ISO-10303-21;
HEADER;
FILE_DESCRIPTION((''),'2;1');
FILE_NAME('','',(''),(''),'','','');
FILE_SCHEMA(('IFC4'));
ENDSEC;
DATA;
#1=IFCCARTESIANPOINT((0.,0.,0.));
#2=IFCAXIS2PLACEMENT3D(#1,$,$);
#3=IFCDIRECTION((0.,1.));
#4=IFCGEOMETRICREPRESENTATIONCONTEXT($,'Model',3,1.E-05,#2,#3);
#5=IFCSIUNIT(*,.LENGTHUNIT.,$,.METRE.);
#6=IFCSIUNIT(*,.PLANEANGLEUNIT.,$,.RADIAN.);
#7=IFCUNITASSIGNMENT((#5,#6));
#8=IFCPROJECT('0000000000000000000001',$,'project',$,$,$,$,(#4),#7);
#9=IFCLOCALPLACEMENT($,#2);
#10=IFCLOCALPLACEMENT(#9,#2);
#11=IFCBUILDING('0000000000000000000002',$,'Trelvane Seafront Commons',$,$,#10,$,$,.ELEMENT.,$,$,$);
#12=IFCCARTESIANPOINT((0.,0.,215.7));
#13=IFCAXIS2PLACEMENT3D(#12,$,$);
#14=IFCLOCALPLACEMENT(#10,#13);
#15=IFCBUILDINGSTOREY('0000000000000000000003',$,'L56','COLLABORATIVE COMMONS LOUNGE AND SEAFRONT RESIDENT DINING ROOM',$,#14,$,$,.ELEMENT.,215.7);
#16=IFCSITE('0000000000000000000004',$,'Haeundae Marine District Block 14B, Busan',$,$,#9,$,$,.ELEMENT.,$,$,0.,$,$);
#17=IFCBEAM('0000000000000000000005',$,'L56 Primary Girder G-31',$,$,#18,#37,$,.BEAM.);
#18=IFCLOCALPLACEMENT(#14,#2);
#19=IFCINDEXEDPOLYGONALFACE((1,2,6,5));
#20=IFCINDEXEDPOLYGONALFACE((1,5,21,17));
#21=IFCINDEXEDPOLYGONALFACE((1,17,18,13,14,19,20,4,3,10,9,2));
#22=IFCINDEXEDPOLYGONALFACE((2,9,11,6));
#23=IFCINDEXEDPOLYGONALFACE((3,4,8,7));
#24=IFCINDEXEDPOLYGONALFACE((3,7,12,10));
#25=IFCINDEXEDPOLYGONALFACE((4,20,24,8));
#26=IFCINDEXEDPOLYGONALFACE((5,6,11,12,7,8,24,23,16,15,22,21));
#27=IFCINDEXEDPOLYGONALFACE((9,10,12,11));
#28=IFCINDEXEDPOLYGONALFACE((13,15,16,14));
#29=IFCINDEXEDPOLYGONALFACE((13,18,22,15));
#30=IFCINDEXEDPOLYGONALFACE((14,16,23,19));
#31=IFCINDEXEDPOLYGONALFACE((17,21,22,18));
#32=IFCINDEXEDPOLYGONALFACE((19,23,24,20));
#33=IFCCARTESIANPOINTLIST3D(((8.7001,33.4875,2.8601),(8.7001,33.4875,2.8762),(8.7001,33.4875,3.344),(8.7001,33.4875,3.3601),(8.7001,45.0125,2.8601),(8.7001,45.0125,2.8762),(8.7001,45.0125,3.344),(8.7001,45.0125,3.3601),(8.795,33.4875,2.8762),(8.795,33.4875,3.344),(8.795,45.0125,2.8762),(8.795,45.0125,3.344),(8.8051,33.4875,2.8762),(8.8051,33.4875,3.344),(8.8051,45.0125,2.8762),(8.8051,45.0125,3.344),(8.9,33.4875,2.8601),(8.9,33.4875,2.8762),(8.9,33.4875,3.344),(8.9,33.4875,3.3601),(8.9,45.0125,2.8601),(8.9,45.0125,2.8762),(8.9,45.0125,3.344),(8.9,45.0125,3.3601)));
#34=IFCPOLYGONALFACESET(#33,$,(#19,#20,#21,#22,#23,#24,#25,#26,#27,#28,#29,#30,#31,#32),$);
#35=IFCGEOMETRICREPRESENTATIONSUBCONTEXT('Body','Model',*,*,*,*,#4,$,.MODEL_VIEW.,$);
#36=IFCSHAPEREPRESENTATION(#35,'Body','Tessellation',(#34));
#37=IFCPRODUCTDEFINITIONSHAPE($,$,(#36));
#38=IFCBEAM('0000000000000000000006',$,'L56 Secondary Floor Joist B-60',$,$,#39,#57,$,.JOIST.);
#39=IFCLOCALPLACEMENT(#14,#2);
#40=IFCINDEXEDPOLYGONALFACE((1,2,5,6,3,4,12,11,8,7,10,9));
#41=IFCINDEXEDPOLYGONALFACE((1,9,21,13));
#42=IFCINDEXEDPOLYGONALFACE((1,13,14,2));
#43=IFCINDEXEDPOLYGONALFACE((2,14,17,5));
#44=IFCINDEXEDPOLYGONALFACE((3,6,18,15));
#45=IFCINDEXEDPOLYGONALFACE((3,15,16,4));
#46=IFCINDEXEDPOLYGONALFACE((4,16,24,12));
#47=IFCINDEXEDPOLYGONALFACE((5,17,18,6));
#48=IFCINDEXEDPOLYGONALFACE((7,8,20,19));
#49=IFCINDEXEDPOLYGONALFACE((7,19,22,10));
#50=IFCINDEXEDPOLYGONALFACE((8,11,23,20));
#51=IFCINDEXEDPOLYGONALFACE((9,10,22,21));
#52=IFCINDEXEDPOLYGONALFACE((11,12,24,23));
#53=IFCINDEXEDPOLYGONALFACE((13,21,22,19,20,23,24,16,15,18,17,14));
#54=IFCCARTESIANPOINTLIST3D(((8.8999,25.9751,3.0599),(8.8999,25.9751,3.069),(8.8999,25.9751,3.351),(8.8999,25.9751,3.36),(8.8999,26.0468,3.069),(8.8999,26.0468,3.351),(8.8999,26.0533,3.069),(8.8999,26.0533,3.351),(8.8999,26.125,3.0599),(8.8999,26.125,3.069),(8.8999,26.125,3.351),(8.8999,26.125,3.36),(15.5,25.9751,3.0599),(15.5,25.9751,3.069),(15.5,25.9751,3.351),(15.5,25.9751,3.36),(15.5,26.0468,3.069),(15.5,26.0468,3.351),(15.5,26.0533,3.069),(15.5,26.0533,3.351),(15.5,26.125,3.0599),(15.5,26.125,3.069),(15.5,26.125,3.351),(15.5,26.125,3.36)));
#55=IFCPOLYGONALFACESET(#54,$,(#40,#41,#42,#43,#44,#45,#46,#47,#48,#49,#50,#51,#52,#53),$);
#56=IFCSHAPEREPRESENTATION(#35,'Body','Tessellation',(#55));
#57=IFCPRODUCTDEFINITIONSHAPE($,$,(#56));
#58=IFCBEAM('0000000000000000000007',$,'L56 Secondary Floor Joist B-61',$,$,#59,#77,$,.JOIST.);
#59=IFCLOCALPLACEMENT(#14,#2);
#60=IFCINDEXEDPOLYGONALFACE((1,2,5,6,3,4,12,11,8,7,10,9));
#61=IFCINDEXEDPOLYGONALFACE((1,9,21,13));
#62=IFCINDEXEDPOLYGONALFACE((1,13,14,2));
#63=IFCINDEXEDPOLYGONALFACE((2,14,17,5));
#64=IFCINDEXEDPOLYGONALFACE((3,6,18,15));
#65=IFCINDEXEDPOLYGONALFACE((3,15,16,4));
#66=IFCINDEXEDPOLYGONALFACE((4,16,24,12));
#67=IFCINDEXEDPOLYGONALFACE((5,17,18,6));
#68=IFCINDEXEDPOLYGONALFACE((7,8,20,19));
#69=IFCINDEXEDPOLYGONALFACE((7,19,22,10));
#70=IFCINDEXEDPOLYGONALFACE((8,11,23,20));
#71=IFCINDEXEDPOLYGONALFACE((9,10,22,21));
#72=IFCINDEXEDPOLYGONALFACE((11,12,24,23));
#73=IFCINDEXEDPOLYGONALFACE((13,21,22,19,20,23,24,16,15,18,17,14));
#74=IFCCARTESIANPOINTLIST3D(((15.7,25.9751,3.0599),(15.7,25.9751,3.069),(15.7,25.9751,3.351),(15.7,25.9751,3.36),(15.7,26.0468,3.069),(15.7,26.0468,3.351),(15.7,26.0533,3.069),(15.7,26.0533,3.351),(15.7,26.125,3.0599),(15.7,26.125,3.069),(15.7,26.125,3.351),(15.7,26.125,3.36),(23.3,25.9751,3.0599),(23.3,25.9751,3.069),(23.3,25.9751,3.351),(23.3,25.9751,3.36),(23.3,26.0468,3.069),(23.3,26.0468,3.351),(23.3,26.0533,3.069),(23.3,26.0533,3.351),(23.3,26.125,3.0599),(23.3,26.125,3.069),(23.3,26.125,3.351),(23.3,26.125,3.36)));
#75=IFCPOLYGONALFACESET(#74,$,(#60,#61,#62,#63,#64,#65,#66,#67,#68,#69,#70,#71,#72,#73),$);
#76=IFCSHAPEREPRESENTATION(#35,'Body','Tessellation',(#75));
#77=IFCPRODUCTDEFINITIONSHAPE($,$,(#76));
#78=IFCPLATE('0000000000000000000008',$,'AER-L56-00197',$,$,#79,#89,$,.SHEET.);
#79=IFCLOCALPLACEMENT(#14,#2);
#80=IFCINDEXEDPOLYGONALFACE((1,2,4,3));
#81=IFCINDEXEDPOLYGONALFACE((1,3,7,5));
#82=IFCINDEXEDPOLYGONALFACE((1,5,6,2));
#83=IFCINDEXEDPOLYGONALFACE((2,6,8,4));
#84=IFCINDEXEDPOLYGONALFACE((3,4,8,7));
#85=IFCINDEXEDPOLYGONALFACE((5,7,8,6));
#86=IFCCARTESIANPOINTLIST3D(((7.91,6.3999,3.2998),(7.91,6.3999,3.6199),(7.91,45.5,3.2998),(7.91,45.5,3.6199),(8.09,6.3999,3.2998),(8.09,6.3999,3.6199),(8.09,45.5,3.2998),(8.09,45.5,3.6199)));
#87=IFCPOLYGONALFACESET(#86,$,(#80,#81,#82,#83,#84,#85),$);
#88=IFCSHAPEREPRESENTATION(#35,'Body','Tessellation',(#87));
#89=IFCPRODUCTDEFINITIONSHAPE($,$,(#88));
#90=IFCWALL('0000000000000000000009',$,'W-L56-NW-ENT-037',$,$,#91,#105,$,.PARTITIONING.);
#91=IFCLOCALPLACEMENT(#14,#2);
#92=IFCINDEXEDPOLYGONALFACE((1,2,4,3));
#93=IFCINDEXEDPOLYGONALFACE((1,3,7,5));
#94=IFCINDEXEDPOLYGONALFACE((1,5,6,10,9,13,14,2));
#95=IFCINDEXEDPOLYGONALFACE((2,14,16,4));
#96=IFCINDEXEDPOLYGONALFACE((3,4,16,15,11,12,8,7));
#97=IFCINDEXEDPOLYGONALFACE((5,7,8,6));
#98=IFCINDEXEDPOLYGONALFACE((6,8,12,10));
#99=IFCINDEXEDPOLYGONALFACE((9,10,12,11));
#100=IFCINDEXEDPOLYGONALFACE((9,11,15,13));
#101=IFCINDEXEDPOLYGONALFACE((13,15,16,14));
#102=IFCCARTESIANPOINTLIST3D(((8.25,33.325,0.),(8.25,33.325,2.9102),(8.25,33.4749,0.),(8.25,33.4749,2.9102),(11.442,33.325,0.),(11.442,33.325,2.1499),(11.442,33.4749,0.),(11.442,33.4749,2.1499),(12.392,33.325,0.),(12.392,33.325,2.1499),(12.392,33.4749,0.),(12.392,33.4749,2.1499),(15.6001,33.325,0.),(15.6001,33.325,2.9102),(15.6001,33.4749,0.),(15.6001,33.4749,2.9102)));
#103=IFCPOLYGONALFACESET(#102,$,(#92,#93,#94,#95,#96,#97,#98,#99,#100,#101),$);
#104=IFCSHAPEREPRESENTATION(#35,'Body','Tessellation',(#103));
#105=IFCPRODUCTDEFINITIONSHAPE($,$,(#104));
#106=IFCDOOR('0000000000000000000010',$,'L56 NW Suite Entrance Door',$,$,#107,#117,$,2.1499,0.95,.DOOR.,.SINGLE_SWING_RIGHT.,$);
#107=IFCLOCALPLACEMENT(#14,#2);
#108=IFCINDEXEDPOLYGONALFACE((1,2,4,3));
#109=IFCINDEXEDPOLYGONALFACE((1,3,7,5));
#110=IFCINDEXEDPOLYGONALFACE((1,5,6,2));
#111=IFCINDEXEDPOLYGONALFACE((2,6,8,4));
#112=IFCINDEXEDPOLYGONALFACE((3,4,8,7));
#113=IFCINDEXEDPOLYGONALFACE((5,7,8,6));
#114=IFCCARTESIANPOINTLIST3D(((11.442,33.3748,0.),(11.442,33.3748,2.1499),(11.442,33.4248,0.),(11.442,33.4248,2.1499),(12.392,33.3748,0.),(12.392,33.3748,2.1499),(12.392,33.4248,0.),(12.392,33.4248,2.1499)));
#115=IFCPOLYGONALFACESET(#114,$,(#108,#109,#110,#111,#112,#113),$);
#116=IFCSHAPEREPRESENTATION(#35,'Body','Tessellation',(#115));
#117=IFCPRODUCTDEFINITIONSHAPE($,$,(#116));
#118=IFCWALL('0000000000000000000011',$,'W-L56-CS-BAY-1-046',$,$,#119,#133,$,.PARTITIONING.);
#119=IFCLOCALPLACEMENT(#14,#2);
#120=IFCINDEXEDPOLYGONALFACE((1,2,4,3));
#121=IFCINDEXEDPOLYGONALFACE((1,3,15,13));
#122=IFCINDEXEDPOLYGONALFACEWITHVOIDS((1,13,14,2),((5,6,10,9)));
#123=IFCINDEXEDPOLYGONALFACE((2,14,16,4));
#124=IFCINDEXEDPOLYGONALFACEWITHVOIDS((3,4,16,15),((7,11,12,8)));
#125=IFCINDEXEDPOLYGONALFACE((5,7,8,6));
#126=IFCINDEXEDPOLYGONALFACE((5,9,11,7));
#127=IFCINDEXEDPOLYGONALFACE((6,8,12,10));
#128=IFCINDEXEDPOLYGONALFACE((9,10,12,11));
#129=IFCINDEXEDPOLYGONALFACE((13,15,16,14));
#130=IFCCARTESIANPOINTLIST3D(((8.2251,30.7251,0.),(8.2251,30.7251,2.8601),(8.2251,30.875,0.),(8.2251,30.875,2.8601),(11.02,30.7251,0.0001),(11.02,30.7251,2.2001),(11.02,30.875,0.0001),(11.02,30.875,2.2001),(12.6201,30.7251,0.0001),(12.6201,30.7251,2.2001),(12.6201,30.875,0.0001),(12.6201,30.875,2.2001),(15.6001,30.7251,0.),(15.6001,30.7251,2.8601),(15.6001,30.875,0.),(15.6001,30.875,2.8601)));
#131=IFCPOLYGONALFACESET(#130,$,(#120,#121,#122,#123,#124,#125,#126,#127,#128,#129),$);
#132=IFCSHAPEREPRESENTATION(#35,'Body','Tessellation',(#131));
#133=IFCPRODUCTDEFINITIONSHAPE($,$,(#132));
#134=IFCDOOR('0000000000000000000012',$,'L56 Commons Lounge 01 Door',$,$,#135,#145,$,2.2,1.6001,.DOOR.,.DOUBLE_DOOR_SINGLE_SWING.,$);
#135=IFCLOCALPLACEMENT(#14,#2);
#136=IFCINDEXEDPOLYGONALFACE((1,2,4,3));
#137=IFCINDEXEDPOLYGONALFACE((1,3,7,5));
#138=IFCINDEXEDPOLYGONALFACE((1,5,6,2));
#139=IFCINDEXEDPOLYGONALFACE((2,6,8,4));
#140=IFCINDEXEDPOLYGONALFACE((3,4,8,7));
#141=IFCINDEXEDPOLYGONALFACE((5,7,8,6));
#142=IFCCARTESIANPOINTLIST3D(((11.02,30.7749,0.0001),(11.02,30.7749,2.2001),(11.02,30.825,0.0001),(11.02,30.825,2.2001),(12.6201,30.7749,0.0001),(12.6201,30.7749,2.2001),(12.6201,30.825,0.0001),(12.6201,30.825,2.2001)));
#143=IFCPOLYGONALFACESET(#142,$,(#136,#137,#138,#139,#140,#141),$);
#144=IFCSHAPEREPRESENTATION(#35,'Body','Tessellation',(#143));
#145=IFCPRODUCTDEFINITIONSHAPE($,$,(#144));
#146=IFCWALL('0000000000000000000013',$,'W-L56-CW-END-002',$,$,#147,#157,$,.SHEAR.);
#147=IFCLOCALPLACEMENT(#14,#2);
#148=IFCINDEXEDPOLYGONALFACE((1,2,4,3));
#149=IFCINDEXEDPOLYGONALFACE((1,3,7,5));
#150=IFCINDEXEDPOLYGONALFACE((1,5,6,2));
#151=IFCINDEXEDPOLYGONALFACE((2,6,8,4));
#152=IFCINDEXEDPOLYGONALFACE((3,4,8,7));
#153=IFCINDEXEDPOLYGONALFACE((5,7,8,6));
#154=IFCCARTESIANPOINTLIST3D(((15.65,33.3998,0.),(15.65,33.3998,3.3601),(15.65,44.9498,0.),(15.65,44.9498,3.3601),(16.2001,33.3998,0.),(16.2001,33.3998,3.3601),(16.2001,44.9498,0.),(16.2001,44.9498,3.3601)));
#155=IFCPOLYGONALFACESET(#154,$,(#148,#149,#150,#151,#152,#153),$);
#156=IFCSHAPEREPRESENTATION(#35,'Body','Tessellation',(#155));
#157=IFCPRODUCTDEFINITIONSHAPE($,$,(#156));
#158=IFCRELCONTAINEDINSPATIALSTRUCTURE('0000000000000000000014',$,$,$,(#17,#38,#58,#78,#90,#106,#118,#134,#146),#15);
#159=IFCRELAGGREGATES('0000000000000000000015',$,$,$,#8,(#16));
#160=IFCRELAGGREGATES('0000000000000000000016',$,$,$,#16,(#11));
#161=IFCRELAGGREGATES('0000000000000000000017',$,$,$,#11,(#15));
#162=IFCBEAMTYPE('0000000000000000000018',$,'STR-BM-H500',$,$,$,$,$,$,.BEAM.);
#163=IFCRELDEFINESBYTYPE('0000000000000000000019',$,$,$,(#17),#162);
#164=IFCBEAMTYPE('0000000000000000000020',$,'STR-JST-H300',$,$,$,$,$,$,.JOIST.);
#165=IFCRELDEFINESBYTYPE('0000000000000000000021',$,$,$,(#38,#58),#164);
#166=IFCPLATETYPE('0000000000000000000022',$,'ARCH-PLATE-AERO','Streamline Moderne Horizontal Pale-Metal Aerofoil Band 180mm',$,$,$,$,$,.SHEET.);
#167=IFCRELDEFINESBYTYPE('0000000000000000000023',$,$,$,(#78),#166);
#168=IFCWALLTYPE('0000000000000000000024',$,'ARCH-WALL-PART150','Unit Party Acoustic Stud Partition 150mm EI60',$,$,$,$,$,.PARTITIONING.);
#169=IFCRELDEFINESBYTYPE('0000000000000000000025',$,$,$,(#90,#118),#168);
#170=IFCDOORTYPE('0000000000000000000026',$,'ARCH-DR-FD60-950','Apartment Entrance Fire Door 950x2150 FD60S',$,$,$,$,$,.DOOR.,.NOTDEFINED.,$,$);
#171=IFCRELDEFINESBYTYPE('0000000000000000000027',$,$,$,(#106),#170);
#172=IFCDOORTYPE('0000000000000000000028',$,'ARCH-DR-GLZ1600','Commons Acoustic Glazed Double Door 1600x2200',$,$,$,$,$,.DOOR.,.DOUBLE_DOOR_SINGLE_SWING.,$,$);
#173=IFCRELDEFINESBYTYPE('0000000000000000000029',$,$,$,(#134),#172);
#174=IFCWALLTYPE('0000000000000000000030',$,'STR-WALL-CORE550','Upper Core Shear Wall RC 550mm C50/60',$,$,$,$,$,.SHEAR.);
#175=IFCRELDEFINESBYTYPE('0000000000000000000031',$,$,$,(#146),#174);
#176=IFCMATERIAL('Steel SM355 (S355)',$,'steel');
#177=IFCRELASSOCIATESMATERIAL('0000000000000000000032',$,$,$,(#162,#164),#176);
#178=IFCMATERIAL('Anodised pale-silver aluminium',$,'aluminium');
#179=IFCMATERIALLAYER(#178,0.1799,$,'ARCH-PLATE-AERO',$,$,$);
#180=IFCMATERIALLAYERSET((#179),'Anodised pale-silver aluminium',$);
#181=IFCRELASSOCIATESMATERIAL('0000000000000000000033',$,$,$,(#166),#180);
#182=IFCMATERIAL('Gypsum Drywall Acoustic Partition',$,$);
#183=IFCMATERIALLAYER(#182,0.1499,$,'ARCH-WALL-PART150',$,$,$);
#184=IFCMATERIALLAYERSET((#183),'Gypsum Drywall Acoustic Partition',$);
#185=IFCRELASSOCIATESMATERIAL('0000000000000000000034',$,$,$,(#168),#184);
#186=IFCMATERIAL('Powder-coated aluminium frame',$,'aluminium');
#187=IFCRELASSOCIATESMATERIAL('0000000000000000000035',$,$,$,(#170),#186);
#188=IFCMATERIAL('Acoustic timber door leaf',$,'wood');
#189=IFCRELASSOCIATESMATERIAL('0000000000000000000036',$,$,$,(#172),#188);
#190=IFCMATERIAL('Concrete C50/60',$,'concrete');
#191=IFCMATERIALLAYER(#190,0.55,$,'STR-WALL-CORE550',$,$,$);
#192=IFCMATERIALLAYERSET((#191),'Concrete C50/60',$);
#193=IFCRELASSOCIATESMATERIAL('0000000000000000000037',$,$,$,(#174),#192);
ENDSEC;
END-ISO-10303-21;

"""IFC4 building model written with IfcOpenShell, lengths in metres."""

from ifc_helpers import new_model, si_unit, direction, frame, frame_2d, origin, origin_2d, place, context, subcontext, project, spatial, rectangle, i_section, extrude, source, transform, mapped, material, layer, layer_set, material_profile, profile_set, type_object, element, fill, save


model = new_model("IFC4")

# Units and contexts
model_context = context("Model", 3, precision=1e-05, world=origin(), true_north=direction((0.0, 1.0)))
body_context = subcontext(model_context, "Body", "Model", "MODEL_VIEW")
ifc_project = project(units=[si_unit("LENGTHUNIT", "METRE"), si_unit("PLANEANGLEUNIT", "RADIAN")], contexts=[model_context])

# Site, building, storey
site_placement = place(None, origin())
site = spatial("IfcSite", under=ifc_project, at=site_placement, Name="Haeundae Marine District Block 14B, Busan", CompositionType="ELEMENT", RefElevation=0.0)
building_placement = place(site_placement, origin())
building = spatial("IfcBuilding", under=site, at=building_placement, Name="Trelvane Seafront Commons", CompositionType="ELEMENT")
storey_placement = place(building_placement, frame((0.0, 0.0, 215.7)))
storey = spatial("IfcBuildingStorey", under=building, at=storey_placement, Name="L56", Description="COLLABORATIVE COMMONS LOUNGE AND SEAFRONT RESIDENT DINING ROOM", CompositionType="ELEMENT", Elevation=215.7)

# Shared definitions
ifc_material_1 = material(Name="Concrete C50/60", Category="concrete")
ifc_material_2 = material(Name="Steel SM355 (S355)", Category="steel")

# Beams
ifc_material_profile_1 = material_profile(ifc_material_2, i_section(OverallWidth=0.2, OverallDepth=0.5, WebThickness=0.01, FlangeThickness=0.0161, at=origin_2d()), Name="H-500x200x10x16")
ifc_profile_set_1 = profile_set([ifc_material_profile_1], Name="Steel SM355 (S355)")
beam_type_1 = type_object("IfcBeamType", Name="STR-BM-H500", PredefinedType="BEAM", material=ifc_profile_set_1)
shared_shape_1 = source(origin(), body_context, "Body", "SweptSolid", [
    extrude(i_section(OverallWidth=0.2, OverallDepth=0.5, WebThickness=0.01, FlangeThickness=0.0161, at=origin_2d()), origin(), (0.0, 0.0, 1.0), 11.5249),
])
beam_1_placement = place(storey_placement, frame((8.8, 33.4875, 3.1101), z_axis=(0.0, 1.0, 0.0), x_axis=(-1.0, 0.0, 0.0)))
element("IfcBeam", 1, at=beam_1_placement, inside=storey, type_object=beam_type_1, Name="L56 Primary Girder G-31", PredefinedType="BEAM", context=body_context, shape_type="MappedRepresentation", body=[
    mapped(shared_shape_1, transform((0.0, 0.0, 0.0), x_axis=(1.0, 0.0, 0.0), y_axis=(0.0, 1.0, 0.0), z_axis=(0.0, 0.0, 1.0), scale=1.0)),
])
ifc_material_profile_2 = material_profile(ifc_material_2, i_section(OverallWidth=0.1499, OverallDepth=0.3, WebThickness=0.0066, FlangeThickness=0.009, at=origin_2d()), Name="H-300x150x6.5x9")
ifc_profile_set_2 = profile_set([ifc_material_profile_2], Name="Steel SM355 (S355)")
beam_type_2 = type_object("IfcBeamType", Name="STR-JST-H300", PredefinedType="JOIST", material=ifc_profile_set_2)
shared_shape_2 = source(origin(), body_context, "Body", "SweptSolid", [
    extrude(i_section(OverallWidth=0.1499, OverallDepth=0.3, WebThickness=0.0066, FlangeThickness=0.009, at=origin_2d()), origin(), (0.0, 0.0, 1.0), 6.6001),
])
beam_2_placement = place(storey_placement, frame((8.8999, 26.05, 3.21), z_axis=(1.0, 0.0, 0.0), x_axis=(0.0, 1.0, 0.0)))
element("IfcBeam", 2, at=beam_2_placement, inside=storey, type_object=beam_type_2, Name="L56 Secondary Floor Joist B-60", PredefinedType="JOIST", context=body_context, shape_type="MappedRepresentation", body=[
    mapped(shared_shape_2, transform((0.0, 0.0, 0.0), x_axis=(1.0, 0.0, 0.0), y_axis=(0.0, 1.0, 0.0), z_axis=(0.0, 0.0, 1.0), scale=1.0)),
])
shared_shape_3 = source(origin(), body_context, "Body", "SweptSolid", [
    extrude(i_section(OverallWidth=0.1499, OverallDepth=0.3, WebThickness=0.0066, FlangeThickness=0.009, at=origin_2d()), origin(), (0.0, 0.0, 1.0), 7.6001),
])
beam_3_placement = place(storey_placement, frame((15.7, 26.05, 3.21), z_axis=(1.0, 0.0, 0.0), x_axis=(0.0, 1.0, 0.0)))
element("IfcBeam", 3, at=beam_3_placement, inside=storey, type_object=beam_type_2, Name="L56 Secondary Floor Joist B-61", PredefinedType="JOIST", context=body_context, shape_type="MappedRepresentation", body=[
    mapped(shared_shape_3, transform((0.0, 0.0, 0.0), x_axis=(1.0, 0.0, 0.0), y_axis=(0.0, 1.0, 0.0), z_axis=(0.0, 0.0, 1.0), scale=1.0)),
])

# Plate
ifc_material_3 = material(Name="Anodised pale-silver aluminium", Category="aluminium")
ifc_layer_1 = layer(ifc_material_3, 0.1799, Name="ARCH-PLATE-AERO")
ifc_layer_set_1 = layer_set([ifc_layer_1], Name="Anodised pale-silver aluminium")
plate_type = type_object("IfcPlateType", Name="ARCH-PLATE-AERO", Description="Streamline Moderne Horizontal Pale-Metal Aerofoil Band 180mm", PredefinedType="SHEET", material=ifc_layer_set_1)
shared_shape_4 = source(origin(), body_context, "Body", "SweptSolid", [
    extrude(rectangle(XDim=39.1001, YDim=0.1799, at=origin_2d()), origin(), (0.0, 0.0, 1.0), 0.3201),
])
plate_placement = place(storey_placement, frame((8.0, 25.95, 3.2998), z_axis=(0.0, 0.0, 1.0), x_axis=(0.0, 1.0, 0.0)))
element("IfcPlate", 4, at=plate_placement, inside=storey, type_object=plate_type, Name="AER-L56-00197", PredefinedType="SHEET", context=body_context, shape_type="MappedRepresentation", body=[
    mapped(shared_shape_4, transform((0.0, 0.0, 0.0), x_axis=(1.0, 0.0, 0.0), y_axis=(0.0, 1.0, 0.0), z_axis=(0.0, 0.0, 1.0), scale=1.0)),
])

# Walls, openings, doors
ifc_material_4 = material(Name="Gypsum Drywall Acoustic Partition")
ifc_material_5 = material(Name="Acoustic timber door leaf", Category="wood")
shared_shape_5 = source(origin(), body_context, "Body", "SweptSolid", [
    extrude(rectangle(XDim=0.95, YDim=2.1499, at=frame_2d((0.4751, 1.075))), frame((0.0, 0.0249, 0.0), z_axis=(0.0, -1.0, 0.0), x_axis=(1.0, 0.0, 0.0)), (0.0, 0.0, 1.0), 0.05),
])
ifc_layer_2 = layer(ifc_material_4, 0.1499, Name="ARCH-WALL-PART150")
ifc_layer_set_2 = layer_set([ifc_layer_2], Name="Gypsum Drywall Acoustic Partition")
wall_type_1 = type_object("IfcWallType", Name="ARCH-WALL-PART150", Description="Unit Party Acoustic Stud Partition 150mm EI60", PredefinedType="PARTITIONING", material=ifc_layer_set_2)
wall_1_placement = place(storey_placement, frame((8.25, 33.3999, 0.0), z_axis=(0.0, 0.0, 1.0), x_axis=(1.0, 0.0, 0.0)))
wall_1 = element("IfcWall", 5, at=wall_1_placement, inside=storey, type_object=wall_type_1, Name="W-L56-NW-ENT-037", PredefinedType="PARTITIONING", context=body_context, shape_type="SweptSolid", body=[
    extrude(rectangle(XDim=7.3501, YDim=0.1499, at=frame_2d((3.675, 0.0))), origin(), (0.0, 0.0, 1.0), 2.9102),
])
opening_1_placement = place(wall_1_placement, frame((3.1919, 0.0, 0.0)))
opening_1 = element("IfcOpeningElement", 6, at=opening_1_placement, cuts=wall_1, PredefinedType="OPENING", context=body_context, shape_type="SweptSolid", body=[
    extrude(rectangle(XDim=0.95, YDim=2.1499, at=frame_2d((0.4751, 1.075))), frame((0.0, 0.085, 0.0), z_axis=(0.0, -1.0, 0.0), x_axis=(1.0, 0.0, 0.0)), (0.0, 0.0, 1.0), 0.1699),
])
ifc_material_6 = material(Name="Powder-coated aluminium frame", Category="aluminium")
door_type_1 = type_object("IfcDoorType", Name="ARCH-DR-FD60-950", Description="Apartment Entrance Fire Door 950x2150 FD60S", OperationType="NOTDEFINED", PredefinedType="DOOR", material=ifc_material_6)
door_1_placement = place(opening_1_placement, origin())
door_1 = element("IfcDoor", 7, at=door_1_placement, inside=storey, type_object=door_type_1, Name="L56 NW Suite Entrance Door", OperationType="SINGLE_SWING_RIGHT", OverallHeight=2.1499, OverallWidth=0.95, PredefinedType="DOOR", context=body_context, shape_type="MappedRepresentation", body=[
    mapped(shared_shape_5, transform((0.0, 0.0, 0.0), x_axis=(1.0, 0.0, 0.0), y_axis=(0.0, 1.0, 0.0), z_axis=(0.0, 0.0, 1.0), scale=1.0)),
])
fill(opening_1, door_1)
wall_2_placement = place(storey_placement, frame((8.2251, 30.8, 0.0), z_axis=(0.0, 0.0, 1.0), x_axis=(1.0, 0.0, 0.0)))
wall_2 = element("IfcWall", 8, at=wall_2_placement, inside=storey, type_object=wall_type_1, Name="W-L56-CS-BAY-1-046", PredefinedType="PARTITIONING", context=body_context, shape_type="SweptSolid", body=[
    extrude(rectangle(XDim=7.375, YDim=0.1499, at=frame_2d((3.6875, 0.0))), origin(), (0.0, 0.0, 1.0), 2.8601),
])
opening_2_placement = place(wall_2_placement, frame((2.7949, 0.0, 0.0)))
opening_2 = element("IfcOpeningElement", 9, at=opening_2_placement, cuts=wall_2, PredefinedType="OPENING", context=body_context, shape_type="SweptSolid", body=[
    extrude(rectangle(XDim=1.6001, YDim=2.2, at=frame_2d((0.8, 1.1001))), frame((0.0, 0.085, 0.0), z_axis=(0.0, -1.0, 0.0), x_axis=(1.0, 0.0, 0.0)), (0.0, 0.0, 1.0), 0.1699),
])
door_type_2 = type_object("IfcDoorType", Name="ARCH-DR-GLZ1600", Description="Commons Acoustic Glazed Double Door 1600x2200", OperationType="DOUBLE_DOOR_SINGLE_SWING", PredefinedType="DOOR", material=ifc_material_5)
shared_shape_6 = source(origin(), body_context, "Body", "SweptSolid", [
    extrude(rectangle(XDim=1.6001, YDim=2.2, at=frame_2d((0.8, 1.1001))), frame((0.0, 0.0249, 0.0), z_axis=(0.0, -1.0, 0.0), x_axis=(1.0, 0.0, 0.0)), (0.0, 0.0, 1.0), 0.05),
])
door_2_placement = place(opening_2_placement, origin())
door_2 = element("IfcDoor", 10, at=door_2_placement, inside=storey, type_object=door_type_2, Name="L56 Commons Lounge 01 Door", OperationType="DOUBLE_DOOR_SINGLE_SWING", OverallHeight=2.2, OverallWidth=1.6001, PredefinedType="DOOR", context=body_context, shape_type="MappedRepresentation", body=[
    mapped(shared_shape_6, transform((0.0, 0.0, 0.0), x_axis=(1.0, 0.0, 0.0), y_axis=(0.0, 1.0, 0.0), z_axis=(0.0, 0.0, 1.0), scale=1.0)),
])
fill(opening_2, door_2)

# Wall
ifc_layer_3 = layer(ifc_material_1, 0.55, Name="STR-WALL-CORE550")
ifc_layer_set_3 = layer_set([ifc_layer_3], Name="Concrete C50/60")
wall_type_2 = type_object("IfcWallType", Name="STR-WALL-CORE550", Description="Upper Core Shear Wall RC 550mm C50/60", PredefinedType="SHEAR", material=ifc_layer_set_3)
wall_3_placement = place(storey_placement, frame((15.925, 33.3999, 0.0), z_axis=(0.0, 0.0, 1.0), x_axis=(0.0, 1.0, 0.0)))
element("IfcWall", 11, at=wall_3_placement, inside=storey, type_object=wall_type_2, Name="W-L56-CW-END-002", PredefinedType="SHEAR", context=body_context, shape_type="SweptSolid", body=[
    extrude(rectangle(XDim=11.55, YDim=0.55, at=frame_2d((5.7749, 0.0))), origin(), (0.0, 0.0, 1.0), 3.3601),
])

save(model, "model.ifc")
